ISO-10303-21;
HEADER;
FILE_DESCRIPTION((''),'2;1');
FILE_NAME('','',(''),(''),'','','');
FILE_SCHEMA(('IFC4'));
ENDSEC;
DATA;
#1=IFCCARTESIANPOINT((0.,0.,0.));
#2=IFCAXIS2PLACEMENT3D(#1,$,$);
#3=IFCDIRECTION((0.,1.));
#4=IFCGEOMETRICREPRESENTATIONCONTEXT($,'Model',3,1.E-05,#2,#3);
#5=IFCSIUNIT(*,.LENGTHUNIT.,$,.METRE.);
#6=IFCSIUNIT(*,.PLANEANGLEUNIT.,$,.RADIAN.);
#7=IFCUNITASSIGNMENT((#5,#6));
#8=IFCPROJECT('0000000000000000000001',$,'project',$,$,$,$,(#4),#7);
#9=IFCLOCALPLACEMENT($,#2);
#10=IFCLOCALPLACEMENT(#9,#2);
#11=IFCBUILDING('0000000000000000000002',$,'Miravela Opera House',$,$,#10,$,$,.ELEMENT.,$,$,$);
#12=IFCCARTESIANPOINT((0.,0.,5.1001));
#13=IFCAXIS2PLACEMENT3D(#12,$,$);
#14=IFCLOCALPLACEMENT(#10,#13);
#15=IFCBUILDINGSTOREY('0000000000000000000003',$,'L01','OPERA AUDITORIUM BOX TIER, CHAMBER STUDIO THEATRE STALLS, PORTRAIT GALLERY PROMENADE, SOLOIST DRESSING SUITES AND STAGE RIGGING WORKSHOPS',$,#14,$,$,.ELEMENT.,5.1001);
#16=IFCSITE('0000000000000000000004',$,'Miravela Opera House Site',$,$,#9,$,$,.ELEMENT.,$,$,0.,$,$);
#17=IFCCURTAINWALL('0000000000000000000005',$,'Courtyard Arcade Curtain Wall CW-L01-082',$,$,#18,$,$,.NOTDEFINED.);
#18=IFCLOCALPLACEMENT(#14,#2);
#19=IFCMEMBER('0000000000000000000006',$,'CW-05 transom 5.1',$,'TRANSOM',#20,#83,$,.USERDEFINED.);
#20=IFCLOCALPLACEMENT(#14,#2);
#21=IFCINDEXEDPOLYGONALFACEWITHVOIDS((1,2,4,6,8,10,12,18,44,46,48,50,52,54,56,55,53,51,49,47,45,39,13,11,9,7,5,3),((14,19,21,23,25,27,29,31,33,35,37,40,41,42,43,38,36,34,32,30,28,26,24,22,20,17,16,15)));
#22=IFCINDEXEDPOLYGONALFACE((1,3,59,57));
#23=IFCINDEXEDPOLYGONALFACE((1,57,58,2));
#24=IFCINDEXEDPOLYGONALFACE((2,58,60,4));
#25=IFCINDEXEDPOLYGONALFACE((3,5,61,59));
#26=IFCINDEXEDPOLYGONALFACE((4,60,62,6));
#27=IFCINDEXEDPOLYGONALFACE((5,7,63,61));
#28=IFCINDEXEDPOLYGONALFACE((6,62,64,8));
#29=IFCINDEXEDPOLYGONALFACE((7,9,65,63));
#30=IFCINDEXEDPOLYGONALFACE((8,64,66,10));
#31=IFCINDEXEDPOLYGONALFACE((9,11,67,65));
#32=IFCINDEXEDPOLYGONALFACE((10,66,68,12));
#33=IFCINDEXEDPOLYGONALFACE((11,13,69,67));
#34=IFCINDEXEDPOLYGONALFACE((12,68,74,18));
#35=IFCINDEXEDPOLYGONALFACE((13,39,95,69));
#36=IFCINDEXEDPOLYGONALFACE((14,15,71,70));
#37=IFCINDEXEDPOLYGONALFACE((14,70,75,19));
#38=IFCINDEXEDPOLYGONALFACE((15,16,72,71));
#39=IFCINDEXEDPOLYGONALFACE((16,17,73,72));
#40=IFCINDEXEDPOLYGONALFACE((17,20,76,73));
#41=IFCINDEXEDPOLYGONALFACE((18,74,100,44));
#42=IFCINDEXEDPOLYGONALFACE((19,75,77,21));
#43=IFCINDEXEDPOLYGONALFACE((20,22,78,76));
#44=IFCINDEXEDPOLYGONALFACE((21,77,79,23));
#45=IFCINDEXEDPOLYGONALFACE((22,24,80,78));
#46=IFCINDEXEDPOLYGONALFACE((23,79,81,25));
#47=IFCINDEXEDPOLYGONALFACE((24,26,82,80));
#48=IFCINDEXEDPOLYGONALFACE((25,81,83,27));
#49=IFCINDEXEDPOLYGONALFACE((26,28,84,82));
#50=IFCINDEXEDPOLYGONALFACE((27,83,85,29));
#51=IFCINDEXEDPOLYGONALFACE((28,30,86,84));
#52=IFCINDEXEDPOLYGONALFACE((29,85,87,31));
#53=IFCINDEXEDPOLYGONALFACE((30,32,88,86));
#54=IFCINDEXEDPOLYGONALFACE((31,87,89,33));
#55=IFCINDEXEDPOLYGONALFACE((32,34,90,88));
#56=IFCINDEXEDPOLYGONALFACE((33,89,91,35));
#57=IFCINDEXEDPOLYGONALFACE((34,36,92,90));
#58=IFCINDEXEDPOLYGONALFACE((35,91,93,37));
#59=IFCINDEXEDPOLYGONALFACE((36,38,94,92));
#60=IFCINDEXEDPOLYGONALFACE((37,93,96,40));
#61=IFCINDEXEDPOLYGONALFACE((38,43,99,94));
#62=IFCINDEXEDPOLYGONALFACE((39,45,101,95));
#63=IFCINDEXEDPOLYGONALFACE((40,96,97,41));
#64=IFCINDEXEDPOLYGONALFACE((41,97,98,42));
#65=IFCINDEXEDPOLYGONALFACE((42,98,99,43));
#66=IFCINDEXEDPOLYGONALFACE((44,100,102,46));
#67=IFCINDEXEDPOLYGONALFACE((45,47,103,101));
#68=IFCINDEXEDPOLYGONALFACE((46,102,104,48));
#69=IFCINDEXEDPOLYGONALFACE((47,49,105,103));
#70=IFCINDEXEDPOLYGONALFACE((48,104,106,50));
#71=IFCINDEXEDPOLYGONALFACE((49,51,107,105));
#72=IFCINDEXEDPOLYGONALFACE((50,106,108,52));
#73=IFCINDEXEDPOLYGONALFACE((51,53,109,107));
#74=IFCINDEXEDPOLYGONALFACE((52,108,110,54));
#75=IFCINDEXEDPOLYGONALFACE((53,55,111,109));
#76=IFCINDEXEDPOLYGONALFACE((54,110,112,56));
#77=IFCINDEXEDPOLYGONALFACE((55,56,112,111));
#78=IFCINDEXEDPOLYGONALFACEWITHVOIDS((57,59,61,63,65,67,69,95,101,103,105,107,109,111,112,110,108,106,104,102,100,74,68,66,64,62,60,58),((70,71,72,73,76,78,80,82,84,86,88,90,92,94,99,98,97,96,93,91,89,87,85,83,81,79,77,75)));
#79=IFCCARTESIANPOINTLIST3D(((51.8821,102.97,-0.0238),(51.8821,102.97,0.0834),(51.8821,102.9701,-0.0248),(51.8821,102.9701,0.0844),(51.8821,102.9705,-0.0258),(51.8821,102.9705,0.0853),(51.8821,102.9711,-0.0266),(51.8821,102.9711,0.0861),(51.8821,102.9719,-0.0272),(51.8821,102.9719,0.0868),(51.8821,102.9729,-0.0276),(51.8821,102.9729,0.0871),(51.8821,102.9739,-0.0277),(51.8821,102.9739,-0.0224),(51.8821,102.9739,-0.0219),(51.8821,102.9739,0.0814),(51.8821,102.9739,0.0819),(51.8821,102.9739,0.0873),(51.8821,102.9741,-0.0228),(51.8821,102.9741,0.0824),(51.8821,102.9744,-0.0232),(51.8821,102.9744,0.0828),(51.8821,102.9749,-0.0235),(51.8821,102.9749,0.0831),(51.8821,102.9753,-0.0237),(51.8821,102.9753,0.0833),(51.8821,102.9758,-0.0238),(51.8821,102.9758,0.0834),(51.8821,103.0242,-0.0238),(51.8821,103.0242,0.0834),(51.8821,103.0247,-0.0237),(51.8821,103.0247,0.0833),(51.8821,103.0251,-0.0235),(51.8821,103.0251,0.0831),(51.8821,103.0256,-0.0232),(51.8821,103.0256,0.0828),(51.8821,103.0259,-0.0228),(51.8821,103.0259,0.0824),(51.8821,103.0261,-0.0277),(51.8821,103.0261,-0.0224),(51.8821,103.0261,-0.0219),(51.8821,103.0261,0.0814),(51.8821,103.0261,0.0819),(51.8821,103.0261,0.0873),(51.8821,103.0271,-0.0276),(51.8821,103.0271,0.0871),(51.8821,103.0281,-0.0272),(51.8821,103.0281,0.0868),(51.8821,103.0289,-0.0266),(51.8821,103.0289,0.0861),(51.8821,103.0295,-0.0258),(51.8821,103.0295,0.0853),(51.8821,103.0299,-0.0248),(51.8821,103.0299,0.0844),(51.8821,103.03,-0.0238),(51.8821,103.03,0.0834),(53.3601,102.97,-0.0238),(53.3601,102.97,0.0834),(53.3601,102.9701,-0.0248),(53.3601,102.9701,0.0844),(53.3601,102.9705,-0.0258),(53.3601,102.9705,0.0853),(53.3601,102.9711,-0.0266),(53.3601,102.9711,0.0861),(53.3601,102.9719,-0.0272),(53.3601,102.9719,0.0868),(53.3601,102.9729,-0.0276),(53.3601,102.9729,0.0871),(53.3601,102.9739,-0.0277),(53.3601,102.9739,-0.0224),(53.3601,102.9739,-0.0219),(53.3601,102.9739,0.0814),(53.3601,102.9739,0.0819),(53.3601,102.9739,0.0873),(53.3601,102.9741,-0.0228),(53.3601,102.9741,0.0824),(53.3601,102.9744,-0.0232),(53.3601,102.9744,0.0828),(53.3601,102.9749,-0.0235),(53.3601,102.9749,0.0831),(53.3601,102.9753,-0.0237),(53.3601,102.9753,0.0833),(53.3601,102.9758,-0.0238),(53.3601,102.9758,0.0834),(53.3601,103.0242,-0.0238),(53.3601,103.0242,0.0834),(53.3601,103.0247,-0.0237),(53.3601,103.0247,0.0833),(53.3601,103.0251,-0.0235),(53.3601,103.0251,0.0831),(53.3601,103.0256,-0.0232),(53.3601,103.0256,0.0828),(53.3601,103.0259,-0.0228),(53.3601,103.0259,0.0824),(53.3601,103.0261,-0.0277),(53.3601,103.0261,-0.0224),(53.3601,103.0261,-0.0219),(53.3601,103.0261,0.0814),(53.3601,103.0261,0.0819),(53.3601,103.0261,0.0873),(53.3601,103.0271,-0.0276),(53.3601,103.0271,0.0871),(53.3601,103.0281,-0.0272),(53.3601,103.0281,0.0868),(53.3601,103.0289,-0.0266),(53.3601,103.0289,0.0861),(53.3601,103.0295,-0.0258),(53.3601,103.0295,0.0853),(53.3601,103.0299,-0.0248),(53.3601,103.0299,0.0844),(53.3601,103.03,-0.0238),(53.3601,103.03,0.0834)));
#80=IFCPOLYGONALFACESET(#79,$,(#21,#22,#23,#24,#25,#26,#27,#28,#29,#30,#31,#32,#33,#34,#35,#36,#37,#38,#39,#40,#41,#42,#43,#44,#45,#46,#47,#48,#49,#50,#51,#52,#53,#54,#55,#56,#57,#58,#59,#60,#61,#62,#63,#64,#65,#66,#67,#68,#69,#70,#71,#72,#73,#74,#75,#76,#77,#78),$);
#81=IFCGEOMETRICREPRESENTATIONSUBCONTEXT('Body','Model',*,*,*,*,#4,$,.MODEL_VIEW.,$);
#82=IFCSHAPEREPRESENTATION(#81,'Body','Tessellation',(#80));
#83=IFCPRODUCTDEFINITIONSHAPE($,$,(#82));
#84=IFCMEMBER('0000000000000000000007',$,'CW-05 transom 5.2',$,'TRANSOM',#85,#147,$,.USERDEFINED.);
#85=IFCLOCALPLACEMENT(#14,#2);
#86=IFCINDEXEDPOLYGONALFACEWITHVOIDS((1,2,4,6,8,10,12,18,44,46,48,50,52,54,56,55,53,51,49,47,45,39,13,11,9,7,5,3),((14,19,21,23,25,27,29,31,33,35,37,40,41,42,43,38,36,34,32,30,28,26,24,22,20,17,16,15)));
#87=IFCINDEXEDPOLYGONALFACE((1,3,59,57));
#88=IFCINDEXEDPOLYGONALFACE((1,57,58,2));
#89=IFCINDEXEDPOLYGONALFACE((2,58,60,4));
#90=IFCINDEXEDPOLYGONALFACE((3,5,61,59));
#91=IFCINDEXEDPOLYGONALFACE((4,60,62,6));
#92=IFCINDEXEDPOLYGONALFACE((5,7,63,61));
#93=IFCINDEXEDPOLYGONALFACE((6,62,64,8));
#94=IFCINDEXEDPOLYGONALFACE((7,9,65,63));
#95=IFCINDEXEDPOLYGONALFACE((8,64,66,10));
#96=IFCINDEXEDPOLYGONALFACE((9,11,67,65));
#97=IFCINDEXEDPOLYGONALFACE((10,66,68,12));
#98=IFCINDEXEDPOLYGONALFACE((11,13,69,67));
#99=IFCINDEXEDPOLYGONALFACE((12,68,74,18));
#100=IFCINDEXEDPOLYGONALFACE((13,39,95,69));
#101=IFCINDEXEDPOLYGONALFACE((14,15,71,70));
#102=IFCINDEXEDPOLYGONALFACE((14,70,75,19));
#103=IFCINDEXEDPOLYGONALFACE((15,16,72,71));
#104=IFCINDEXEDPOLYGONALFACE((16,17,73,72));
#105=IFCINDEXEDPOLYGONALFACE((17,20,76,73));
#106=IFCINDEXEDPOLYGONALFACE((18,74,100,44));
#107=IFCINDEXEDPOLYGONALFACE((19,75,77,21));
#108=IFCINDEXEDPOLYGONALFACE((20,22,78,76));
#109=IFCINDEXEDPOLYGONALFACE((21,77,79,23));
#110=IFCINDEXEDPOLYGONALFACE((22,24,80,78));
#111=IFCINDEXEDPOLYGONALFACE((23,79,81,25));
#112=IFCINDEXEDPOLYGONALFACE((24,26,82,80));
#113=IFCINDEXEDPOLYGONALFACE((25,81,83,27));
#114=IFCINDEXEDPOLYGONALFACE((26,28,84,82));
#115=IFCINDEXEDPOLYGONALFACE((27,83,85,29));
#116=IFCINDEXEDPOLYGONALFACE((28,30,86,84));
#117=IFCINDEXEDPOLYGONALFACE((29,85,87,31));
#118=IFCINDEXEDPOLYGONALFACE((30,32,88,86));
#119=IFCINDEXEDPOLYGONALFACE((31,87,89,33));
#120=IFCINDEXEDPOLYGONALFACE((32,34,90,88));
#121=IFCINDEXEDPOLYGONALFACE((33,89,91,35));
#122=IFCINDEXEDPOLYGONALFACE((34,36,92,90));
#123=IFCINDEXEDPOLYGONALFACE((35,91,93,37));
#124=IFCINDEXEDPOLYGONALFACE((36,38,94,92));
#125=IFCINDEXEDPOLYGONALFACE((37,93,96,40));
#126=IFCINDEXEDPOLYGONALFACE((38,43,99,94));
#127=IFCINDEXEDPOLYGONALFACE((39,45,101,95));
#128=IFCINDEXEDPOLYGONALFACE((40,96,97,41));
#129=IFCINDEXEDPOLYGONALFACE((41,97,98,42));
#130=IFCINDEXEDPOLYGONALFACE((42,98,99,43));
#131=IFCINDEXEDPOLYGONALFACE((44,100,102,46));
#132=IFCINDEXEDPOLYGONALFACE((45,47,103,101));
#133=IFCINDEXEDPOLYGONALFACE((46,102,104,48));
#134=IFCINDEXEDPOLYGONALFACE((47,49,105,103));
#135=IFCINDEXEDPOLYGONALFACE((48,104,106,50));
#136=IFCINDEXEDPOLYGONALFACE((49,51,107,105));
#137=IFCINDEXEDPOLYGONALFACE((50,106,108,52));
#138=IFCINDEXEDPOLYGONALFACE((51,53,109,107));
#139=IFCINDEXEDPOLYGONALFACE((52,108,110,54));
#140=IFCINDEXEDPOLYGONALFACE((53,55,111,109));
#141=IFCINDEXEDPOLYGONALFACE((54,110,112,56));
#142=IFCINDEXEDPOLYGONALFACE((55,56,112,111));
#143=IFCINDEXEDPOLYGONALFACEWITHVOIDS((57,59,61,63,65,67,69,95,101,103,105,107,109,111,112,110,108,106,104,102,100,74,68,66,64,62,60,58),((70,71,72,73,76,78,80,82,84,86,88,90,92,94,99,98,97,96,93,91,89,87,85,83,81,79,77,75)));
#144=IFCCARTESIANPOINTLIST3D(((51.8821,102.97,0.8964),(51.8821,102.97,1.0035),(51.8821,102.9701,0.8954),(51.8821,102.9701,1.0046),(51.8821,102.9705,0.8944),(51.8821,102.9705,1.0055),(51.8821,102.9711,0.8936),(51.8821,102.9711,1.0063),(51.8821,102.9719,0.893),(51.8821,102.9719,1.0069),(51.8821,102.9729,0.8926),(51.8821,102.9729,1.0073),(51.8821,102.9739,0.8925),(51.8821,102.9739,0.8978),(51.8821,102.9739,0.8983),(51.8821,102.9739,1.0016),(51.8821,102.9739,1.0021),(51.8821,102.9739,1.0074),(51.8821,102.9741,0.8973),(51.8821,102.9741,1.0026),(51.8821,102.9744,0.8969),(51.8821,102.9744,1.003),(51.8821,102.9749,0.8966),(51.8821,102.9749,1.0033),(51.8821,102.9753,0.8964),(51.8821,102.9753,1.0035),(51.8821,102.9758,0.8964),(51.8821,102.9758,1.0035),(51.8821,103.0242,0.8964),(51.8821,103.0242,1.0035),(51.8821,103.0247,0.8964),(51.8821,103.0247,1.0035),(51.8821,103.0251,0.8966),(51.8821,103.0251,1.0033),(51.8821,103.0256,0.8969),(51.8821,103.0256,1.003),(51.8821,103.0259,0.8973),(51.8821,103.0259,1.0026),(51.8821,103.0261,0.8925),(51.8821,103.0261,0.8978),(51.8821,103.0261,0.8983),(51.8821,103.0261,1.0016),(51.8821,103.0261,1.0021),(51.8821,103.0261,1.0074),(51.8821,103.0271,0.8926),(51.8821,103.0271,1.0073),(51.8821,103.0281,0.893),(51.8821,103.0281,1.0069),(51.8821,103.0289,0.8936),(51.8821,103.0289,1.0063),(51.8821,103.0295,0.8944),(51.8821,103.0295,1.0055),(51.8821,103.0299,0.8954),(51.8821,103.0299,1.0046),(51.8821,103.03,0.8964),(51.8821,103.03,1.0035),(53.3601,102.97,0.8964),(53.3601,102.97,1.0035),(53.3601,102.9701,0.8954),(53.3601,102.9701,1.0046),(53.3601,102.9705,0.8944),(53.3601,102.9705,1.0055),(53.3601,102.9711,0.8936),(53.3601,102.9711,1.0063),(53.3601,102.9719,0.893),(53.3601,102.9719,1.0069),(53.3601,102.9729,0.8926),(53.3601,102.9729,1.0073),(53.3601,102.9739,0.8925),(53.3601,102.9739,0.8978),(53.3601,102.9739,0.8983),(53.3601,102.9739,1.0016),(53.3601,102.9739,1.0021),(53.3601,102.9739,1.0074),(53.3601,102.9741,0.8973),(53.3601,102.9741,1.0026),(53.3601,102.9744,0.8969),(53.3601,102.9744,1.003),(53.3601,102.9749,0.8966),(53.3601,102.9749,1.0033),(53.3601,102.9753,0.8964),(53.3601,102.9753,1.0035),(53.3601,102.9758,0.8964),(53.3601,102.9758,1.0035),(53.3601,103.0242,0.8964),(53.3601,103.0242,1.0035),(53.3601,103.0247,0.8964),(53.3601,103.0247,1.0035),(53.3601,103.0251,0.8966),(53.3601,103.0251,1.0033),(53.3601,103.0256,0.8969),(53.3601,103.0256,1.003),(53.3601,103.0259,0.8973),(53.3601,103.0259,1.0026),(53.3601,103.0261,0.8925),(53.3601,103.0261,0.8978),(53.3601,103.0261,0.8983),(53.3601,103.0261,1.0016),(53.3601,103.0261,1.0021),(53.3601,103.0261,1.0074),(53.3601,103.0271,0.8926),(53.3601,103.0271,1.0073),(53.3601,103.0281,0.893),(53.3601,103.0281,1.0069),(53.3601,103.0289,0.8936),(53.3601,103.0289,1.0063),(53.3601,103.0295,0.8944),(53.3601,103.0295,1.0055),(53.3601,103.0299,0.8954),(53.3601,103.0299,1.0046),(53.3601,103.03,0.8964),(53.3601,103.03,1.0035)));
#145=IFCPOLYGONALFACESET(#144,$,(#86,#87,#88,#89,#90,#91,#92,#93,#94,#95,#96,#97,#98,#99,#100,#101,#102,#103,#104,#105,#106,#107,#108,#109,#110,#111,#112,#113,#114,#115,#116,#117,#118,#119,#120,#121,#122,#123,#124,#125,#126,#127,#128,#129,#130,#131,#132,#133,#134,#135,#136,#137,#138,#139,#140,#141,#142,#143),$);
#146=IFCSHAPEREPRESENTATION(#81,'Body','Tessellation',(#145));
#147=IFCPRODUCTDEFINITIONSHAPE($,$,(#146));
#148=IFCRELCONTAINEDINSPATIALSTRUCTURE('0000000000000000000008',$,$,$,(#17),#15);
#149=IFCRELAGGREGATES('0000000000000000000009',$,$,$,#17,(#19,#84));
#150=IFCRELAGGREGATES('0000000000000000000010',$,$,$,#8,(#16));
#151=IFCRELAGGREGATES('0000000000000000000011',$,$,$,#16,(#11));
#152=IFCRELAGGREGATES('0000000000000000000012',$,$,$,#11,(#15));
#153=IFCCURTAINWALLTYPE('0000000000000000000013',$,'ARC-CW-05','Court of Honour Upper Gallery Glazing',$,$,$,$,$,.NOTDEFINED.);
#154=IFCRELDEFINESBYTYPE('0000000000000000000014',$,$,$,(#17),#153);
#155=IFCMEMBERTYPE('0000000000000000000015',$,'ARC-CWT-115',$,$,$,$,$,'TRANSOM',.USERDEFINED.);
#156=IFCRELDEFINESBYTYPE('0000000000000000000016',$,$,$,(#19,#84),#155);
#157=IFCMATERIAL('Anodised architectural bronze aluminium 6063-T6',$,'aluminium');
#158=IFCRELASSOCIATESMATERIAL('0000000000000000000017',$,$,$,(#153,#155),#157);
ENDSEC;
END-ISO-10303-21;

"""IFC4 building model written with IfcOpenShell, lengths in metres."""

from ifc_helpers import new_model, si_unit, direction, frame, origin, origin_2d, place, context, subcontext, project, spatial, hollow_rectangle, extrude, material, material_profile, profile_set, type_object, element, aggregate, save


model = new_model("IFC4")

# Units and contexts
model_context = context("Model", 3, precision=1e-05, world=origin(), true_north=direction((0.0, 1.0)))
body_context = subcontext(model_context, "Body", "Model", "MODEL_VIEW")
ifc_project = project(units=[si_unit("LENGTHUNIT", "METRE"), si_unit("PLANEANGLEUNIT", "RADIAN")], contexts=[model_context])

# Site, building, storey
site_placement = place(None, origin())
site = spatial("IfcSite", under=ifc_project, at=site_placement, Name="Miravela Opera House Site", CompositionType="ELEMENT", RefElevation=0.0)
building_placement = place(site_placement, origin())
building = spatial("IfcBuilding", under=site, at=building_placement, Name="Miravela Opera House", CompositionType="ELEMENT")
storey_placement = place(building_placement, frame((0.0, 0.0, 5.1001)))
storey = spatial("IfcBuildingStorey", under=building, at=storey_placement, Name="L01", Description="OPERA AUDITORIUM BOX TIER, CHAMBER STUDIO THEATRE STALLS, PORTRAIT GALLERY PROMENADE, SOLOIST DRESSING SUITES AND STAGE RIGGING WORKSHOPS", CompositionType="ELEMENT", Elevation=5.1001)

# Curtain wall
ifc_material_1 = material(Name="Anodised architectural bronze aluminium 6063-T6", Category="aluminium")
curtain_wall_type = type_object("IfcCurtainWallType", Name="ARC-CW-05", Description="Court of Honour Upper Gallery Glazing", PredefinedType="NOTDEFINED", material=ifc_material_1)
curtain_wall_1_placement = place(storey_placement, origin())
curtain_wall_1 = element("IfcCurtainWall", 1, at=curtain_wall_1_placement, inside=storey, type_object=curtain_wall_type, Name="Courtyard Arcade Curtain Wall CW-L01-082", PredefinedType="NOTDEFINED")

# Members
ifc_material_profile_1 = material_profile(ifc_material_1, hollow_rectangle(XDim=0.0601, YDim=0.115, WallThickness=0.0039, InnerFilletRadius=0.002, OuterFilletRadius=0.0039, at=origin_2d()), Name="CWT-60X115")
ifc_profile_set_1 = profile_set([ifc_material_profile_1])
member_type_1 = type_object("IfcMemberType", Name="ARC-CWT-115", ElementType="TRANSOM", PredefinedType="USERDEFINED", material=ifc_profile_set_1)
member_1_placement = place(storey_placement, frame((51.8821, 103.0, 0.0298), z_axis=(1.0, 0.0, 0.0), x_axis=(0.0, 1.0, 0.0)))
member_1 = element("IfcMember", 2, at=member_1_placement, type_object=member_type_1, Name="CW-05 transom 5.1", ObjectType="TRANSOM", PredefinedType="USERDEFINED", context=body_context, shape_type="SweptSolid", body=[
    extrude(hollow_rectangle(XDim=0.0601, YDim=0.115, WallThickness=0.0039, InnerFilletRadius=0.002, OuterFilletRadius=0.0039, at=origin_2d()), origin(), (0.0, 0.0, 1.0), 1.478),
])
member_2_placement = place(storey_placement, frame((51.8821, 103.0, 0.95), z_axis=(1.0, 0.0, 0.0), x_axis=(0.0, 1.0, 0.0)))
member_2 = element("IfcMember", 3, at=member_2_placement, type_object=member_type_1, Name="CW-05 transom 5.2", ObjectType="TRANSOM", PredefinedType="USERDEFINED", context=body_context, shape_type="SweptSolid", body=[
    extrude(hollow_rectangle(XDim=0.0601, YDim=0.115, WallThickness=0.0039, InnerFilletRadius=0.002, OuterFilletRadius=0.0039, at=origin_2d()), origin(), (0.0, 0.0, 1.0), 1.478),
])

aggregate(curtain_wall_1, [member_1, member_2])

save(model, "model.ifc")
